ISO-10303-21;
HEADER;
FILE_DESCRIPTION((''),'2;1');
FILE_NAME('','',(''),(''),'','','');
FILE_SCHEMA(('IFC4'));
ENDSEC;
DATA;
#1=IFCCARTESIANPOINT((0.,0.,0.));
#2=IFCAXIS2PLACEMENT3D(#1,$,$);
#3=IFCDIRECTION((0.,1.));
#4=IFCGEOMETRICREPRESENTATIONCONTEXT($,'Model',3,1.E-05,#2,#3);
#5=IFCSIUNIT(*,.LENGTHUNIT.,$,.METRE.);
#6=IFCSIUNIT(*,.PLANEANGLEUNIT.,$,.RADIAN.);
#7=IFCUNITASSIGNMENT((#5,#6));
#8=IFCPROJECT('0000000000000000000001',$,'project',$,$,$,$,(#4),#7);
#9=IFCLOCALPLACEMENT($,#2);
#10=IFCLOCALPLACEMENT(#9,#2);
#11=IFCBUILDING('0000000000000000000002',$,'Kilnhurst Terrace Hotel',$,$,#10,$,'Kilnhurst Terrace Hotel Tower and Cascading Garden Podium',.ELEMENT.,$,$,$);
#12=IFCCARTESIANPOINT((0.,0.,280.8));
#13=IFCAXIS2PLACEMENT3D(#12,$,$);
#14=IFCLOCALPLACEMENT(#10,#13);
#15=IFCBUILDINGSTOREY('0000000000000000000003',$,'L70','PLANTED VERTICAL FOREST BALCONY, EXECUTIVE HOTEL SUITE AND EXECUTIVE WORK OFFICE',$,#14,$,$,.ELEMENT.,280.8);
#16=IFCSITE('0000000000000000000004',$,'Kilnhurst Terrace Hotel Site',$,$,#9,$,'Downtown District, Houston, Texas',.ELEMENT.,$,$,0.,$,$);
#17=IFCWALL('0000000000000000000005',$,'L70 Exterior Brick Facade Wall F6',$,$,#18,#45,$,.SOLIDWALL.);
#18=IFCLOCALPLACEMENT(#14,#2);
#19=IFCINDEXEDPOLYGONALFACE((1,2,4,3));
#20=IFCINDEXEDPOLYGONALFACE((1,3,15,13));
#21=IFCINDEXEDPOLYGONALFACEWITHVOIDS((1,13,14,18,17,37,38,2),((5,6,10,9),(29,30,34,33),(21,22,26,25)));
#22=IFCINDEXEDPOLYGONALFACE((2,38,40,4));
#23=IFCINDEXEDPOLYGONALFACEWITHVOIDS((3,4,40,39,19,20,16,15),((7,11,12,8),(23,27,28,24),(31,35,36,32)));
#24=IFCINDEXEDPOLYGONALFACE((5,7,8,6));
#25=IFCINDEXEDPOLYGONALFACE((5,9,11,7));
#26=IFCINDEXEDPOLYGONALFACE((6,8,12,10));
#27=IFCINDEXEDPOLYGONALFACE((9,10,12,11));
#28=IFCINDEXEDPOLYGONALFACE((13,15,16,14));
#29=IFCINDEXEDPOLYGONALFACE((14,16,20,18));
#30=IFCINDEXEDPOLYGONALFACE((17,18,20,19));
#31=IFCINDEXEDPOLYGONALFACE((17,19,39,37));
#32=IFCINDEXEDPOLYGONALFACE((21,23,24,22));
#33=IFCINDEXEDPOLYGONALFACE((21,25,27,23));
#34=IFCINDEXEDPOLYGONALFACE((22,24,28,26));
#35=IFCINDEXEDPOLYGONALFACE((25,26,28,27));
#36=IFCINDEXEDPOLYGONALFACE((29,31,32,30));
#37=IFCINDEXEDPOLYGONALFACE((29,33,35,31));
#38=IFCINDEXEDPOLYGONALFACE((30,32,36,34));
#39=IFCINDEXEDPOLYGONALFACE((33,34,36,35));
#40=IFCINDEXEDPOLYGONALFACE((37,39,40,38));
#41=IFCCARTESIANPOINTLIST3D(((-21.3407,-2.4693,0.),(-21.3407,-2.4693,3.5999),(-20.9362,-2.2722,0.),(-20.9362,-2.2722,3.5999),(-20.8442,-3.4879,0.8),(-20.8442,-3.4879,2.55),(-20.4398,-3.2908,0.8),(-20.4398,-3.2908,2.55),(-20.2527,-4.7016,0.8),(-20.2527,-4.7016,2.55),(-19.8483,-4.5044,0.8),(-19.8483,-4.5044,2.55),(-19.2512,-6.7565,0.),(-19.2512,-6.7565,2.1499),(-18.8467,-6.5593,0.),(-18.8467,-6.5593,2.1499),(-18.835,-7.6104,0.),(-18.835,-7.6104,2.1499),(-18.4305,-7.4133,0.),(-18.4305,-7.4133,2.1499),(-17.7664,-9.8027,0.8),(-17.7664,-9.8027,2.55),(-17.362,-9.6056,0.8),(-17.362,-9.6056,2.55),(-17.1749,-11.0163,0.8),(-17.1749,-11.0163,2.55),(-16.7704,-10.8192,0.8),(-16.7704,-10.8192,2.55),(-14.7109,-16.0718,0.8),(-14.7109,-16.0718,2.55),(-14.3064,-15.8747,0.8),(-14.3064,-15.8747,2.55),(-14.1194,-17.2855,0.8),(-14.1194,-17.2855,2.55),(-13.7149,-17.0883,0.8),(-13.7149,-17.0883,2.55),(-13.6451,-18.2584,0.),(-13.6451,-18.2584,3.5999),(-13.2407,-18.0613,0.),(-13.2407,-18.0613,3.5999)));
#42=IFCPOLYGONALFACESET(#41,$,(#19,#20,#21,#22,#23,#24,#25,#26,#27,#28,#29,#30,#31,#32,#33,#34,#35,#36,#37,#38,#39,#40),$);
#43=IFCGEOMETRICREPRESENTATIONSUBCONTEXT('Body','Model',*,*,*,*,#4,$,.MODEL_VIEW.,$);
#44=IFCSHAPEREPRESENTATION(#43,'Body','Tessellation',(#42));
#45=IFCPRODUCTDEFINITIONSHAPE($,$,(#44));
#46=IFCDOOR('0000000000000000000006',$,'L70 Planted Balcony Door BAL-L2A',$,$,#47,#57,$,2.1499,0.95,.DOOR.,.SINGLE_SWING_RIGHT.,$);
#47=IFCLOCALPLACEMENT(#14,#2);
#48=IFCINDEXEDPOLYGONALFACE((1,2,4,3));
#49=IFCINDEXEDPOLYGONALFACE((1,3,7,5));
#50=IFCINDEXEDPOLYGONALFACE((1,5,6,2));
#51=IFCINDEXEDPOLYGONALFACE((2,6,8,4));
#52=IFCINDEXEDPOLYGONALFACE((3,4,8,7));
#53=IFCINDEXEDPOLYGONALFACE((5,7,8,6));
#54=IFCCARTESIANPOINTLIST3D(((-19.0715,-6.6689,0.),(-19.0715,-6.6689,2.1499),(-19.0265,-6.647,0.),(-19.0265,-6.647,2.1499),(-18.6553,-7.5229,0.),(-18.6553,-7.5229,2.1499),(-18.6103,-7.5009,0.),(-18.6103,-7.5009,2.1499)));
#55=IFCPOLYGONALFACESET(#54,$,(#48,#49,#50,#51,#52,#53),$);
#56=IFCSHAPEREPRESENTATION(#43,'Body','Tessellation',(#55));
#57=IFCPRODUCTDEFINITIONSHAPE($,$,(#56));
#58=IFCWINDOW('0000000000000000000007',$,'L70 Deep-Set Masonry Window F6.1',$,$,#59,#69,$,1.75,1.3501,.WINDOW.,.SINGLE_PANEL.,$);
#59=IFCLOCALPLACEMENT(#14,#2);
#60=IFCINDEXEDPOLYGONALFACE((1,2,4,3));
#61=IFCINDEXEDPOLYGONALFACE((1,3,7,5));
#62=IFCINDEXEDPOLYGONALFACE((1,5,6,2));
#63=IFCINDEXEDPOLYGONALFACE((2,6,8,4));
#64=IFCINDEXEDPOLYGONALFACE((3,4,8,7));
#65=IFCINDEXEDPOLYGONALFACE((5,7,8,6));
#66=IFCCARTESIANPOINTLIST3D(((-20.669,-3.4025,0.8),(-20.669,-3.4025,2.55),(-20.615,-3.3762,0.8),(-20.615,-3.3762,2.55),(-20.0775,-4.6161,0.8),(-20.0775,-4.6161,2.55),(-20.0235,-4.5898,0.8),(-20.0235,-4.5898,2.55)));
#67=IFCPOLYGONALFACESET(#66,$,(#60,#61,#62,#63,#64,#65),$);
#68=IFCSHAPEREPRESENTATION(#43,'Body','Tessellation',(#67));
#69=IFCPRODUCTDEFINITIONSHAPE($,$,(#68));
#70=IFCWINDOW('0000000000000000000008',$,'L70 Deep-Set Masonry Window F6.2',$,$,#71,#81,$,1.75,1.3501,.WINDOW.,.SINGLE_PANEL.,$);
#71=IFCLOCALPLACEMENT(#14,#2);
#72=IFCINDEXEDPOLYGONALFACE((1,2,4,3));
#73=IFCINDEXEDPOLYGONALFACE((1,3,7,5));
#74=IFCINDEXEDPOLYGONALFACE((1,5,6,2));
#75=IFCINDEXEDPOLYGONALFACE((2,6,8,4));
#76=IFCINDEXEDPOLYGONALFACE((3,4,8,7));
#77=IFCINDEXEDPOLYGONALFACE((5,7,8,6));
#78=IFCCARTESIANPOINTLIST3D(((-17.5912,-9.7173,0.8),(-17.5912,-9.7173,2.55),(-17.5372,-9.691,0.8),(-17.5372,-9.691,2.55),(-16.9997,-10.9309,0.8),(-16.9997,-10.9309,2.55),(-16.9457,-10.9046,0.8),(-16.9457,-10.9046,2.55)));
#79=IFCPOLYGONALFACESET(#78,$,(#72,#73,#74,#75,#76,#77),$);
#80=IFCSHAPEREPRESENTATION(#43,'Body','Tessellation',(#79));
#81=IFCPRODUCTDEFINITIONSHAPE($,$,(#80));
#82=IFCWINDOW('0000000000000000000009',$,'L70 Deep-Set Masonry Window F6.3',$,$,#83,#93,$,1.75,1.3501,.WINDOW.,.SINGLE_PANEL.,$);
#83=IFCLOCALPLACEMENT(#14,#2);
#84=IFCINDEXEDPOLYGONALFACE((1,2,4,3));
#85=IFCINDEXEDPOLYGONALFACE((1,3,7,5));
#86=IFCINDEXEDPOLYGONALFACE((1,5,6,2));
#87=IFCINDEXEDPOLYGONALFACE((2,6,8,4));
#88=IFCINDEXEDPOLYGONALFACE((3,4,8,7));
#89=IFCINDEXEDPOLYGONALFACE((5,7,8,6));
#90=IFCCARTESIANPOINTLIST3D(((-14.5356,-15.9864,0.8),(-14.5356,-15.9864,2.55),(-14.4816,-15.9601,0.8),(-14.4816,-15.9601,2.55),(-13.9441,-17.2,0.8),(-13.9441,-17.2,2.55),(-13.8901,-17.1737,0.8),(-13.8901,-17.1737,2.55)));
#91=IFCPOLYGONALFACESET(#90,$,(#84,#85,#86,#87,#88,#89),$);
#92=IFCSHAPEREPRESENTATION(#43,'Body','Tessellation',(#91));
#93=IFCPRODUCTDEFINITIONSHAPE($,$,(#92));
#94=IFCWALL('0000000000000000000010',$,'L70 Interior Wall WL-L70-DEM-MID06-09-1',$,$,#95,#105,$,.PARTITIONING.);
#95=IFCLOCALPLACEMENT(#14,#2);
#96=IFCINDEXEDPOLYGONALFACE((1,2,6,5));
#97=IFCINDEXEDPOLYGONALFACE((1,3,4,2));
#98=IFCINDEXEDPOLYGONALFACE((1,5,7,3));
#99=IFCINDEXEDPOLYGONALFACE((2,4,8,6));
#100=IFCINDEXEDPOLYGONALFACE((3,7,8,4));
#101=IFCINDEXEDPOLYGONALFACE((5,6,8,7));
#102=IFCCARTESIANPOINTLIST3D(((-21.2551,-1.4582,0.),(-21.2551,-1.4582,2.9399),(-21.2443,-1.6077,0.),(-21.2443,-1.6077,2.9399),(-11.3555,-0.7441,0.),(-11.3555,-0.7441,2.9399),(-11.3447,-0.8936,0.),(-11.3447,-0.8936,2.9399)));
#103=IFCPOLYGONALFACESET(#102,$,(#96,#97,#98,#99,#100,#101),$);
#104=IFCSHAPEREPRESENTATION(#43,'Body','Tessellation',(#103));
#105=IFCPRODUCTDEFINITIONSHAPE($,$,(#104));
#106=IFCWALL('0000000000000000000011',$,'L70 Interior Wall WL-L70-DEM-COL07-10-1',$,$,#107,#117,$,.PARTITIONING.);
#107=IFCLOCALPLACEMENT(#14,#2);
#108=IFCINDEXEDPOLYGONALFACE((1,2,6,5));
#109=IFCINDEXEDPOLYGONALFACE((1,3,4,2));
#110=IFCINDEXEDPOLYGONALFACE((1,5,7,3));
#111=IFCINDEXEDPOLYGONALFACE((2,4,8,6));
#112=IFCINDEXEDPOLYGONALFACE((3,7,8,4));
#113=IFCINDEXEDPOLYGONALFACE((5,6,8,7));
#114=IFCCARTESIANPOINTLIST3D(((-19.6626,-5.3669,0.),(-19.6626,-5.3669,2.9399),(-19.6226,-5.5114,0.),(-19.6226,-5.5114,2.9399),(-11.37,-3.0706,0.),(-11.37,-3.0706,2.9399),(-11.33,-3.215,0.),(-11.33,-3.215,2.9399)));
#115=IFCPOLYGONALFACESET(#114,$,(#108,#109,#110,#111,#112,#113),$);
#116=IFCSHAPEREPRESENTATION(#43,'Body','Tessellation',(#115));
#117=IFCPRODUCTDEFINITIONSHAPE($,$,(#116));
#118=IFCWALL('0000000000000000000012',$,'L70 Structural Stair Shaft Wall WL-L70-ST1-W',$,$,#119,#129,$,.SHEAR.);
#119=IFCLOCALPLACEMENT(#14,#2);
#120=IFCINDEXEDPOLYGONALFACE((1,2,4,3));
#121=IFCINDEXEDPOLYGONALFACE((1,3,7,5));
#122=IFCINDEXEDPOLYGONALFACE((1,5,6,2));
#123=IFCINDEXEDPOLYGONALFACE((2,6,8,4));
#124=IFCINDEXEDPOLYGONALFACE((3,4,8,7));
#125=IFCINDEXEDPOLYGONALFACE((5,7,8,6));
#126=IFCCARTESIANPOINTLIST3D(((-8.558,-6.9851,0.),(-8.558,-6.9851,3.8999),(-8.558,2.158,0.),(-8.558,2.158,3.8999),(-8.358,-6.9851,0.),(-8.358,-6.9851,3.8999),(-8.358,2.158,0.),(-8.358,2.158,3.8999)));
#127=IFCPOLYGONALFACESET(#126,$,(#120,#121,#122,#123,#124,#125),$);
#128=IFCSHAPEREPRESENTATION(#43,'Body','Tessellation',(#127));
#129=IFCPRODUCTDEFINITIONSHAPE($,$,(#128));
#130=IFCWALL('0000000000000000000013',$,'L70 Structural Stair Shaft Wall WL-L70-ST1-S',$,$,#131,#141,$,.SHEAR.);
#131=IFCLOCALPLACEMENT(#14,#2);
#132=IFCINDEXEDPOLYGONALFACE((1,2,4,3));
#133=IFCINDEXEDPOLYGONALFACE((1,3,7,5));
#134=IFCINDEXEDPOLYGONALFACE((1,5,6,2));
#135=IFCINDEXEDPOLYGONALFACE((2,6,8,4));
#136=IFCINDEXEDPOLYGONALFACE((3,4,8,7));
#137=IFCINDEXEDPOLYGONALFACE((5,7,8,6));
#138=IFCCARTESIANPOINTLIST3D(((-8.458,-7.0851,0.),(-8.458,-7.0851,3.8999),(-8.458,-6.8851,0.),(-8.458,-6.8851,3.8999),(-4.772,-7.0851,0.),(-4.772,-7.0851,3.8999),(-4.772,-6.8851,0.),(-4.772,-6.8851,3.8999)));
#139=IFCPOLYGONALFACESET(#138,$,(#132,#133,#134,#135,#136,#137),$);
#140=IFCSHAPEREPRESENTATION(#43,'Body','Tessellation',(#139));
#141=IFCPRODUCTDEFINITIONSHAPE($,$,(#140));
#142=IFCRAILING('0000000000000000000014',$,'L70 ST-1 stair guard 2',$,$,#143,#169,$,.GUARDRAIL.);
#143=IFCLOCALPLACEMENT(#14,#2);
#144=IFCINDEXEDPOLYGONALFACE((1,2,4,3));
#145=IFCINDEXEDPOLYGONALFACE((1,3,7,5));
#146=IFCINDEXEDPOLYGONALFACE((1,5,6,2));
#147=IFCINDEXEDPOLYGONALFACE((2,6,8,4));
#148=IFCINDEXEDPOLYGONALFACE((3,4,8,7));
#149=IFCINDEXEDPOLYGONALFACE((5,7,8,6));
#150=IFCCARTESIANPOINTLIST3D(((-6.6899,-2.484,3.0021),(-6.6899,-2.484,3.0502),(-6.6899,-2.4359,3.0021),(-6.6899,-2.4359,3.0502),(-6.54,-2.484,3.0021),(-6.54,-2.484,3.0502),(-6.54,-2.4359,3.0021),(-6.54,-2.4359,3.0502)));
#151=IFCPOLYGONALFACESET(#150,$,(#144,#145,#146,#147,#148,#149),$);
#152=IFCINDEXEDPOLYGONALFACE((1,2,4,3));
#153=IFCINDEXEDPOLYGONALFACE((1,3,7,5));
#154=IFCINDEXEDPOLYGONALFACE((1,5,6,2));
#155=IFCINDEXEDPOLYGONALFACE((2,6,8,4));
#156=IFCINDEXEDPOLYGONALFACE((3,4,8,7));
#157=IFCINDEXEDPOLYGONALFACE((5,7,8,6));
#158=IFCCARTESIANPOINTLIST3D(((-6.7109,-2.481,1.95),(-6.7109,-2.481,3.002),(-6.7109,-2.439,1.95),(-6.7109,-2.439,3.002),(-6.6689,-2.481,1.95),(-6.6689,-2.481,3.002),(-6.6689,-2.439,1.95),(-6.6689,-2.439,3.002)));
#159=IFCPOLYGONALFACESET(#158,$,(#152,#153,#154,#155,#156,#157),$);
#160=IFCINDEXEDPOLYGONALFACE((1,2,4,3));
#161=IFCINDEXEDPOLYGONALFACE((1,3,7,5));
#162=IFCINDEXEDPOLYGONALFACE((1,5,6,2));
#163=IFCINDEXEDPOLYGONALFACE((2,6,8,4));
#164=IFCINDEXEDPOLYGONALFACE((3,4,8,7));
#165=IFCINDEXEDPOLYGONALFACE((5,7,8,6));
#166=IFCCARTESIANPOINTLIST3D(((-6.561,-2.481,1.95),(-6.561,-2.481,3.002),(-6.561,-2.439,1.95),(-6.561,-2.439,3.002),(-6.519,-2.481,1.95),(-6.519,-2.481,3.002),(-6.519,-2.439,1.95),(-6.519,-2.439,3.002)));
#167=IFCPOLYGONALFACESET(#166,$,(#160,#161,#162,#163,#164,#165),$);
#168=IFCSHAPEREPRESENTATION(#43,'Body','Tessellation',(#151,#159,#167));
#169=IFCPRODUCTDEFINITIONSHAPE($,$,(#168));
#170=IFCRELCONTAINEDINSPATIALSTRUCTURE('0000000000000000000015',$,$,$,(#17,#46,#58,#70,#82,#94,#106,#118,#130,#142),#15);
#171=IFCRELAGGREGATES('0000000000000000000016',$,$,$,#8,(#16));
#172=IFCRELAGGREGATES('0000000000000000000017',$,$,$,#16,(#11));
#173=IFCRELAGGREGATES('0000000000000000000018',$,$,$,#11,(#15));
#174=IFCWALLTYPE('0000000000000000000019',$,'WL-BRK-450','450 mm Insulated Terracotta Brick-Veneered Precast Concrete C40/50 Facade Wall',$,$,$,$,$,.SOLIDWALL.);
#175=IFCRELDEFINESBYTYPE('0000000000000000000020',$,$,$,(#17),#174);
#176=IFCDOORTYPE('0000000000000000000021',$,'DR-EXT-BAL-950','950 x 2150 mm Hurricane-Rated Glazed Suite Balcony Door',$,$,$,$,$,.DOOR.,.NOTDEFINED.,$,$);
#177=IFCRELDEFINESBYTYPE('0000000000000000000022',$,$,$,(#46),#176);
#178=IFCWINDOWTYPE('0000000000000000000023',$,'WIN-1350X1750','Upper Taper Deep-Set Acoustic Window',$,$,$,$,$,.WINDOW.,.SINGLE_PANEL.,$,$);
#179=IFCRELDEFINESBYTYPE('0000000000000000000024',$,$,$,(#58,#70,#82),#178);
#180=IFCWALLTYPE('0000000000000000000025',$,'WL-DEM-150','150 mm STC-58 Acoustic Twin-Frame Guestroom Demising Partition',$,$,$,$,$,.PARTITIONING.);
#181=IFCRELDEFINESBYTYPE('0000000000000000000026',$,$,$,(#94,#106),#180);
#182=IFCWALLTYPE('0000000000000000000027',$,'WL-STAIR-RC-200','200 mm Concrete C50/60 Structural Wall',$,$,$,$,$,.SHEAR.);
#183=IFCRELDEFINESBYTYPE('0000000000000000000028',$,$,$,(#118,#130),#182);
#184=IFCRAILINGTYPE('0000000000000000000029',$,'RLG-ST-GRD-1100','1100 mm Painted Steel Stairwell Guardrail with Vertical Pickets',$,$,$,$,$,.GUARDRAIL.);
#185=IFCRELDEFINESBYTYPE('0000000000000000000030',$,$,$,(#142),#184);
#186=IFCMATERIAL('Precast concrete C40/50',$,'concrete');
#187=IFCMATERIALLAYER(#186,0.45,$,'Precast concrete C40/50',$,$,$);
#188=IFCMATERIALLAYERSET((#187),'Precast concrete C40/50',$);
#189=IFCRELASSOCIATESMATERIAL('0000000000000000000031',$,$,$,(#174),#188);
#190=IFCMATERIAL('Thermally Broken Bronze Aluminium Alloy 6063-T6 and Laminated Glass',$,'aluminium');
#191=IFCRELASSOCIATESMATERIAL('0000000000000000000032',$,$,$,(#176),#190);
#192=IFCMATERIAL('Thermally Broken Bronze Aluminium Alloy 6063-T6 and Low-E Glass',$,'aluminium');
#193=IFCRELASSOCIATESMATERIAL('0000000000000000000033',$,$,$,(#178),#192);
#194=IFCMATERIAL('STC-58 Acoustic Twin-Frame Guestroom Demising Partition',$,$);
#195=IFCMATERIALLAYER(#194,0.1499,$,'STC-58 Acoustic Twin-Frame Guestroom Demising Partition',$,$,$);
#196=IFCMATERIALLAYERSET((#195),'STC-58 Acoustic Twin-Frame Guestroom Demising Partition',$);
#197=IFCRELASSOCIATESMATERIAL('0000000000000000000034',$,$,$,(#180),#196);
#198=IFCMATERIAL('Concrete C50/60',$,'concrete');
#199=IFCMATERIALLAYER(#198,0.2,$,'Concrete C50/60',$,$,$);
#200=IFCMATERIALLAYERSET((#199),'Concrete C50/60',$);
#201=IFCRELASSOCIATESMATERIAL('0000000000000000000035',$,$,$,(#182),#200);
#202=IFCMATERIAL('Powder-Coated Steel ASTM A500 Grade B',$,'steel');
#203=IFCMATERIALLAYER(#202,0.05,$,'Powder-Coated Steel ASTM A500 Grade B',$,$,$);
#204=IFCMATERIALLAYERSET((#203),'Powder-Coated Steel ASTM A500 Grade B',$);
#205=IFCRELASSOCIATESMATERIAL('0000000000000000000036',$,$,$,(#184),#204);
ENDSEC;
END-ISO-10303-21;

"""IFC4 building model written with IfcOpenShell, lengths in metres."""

from ifc_helpers import new_model, si_unit, direction, frame, frame_2d, origin, origin_2d, place, context, subcontext, project, spatial, rectangle, extrude, material, layer, layer_set, type_object, element, fill, save


model = new_model("IFC4")

# Units and contexts
model_context = context("Model", 3, precision=1e-05, world=origin(), true_north=direction((0.0, 1.0)))
body_context = subcontext(model_context, "Body", "Model", "MODEL_VIEW")
ifc_project = project(units=[si_unit("LENGTHUNIT", "METRE"), si_unit("PLANEANGLEUNIT", "RADIAN")], contexts=[model_context])

# Site, building, storey
site_placement = place(None, origin())
site = spatial("IfcSite", under=ifc_project, at=site_placement, Name="Kilnhurst Terrace Hotel Site", LongName="Downtown District, Houston, Texas", CompositionType="ELEMENT", RefElevation=0.0)
building_placement = place(site_placement, origin())
building = spatial("IfcBuilding", under=site, at=building_placement, Name="Kilnhurst Terrace Hotel", LongName="Kilnhurst Terrace Hotel Tower and Cascading Garden Podium", CompositionType="ELEMENT")
storey_placement = place(building_placement, frame((0.0, 0.0, 280.8)))
storey = spatial("IfcBuildingStorey", under=building, at=storey_placement, Name="L70", Description="PLANTED VERTICAL FOREST BALCONY, EXECUTIVE HOTEL SUITE AND EXECUTIVE WORK OFFICE", CompositionType="ELEMENT", Elevation=280.8)

# Shared definitions
ifc_material_1 = material(Name="Concrete C50/60", Category="concrete")

# Shared definitions
ifc_material_2 = material(Name="Precast concrete C40/50", Category="concrete")
ifc_layer_1 = layer(ifc_material_2, 0.45, Name="Precast concrete C40/50")
ifc_layer_set_1 = layer_set([ifc_layer_1], Name="Precast concrete C40/50")
wall_type_1 = type_object("IfcWallType", Name="WL-BRK-450", Description="450 mm Insulated Terracotta Brick-Veneered Precast Concrete C40/50 Facade Wall", PredefinedType="SOLIDWALL", material=ifc_layer_set_1)

# Wall, openings, door, windows
wall_1_placement = place(storey_placement, frame((-21.1384, -2.3708, 0.0), z_axis=(0.0, 0.0, 1.0), x_axis=(0.438128, -0.898913, 0.0)))
wall_1 = element("IfcWall", 1, at=wall_1_placement, inside=storey, type_object=wall_type_1, Name="L70 Exterior Brick Facade Wall F6", PredefinedType="SOLIDWALL", context=body_context, shape_type="SweptSolid", body=[
    extrude(rectangle(XDim=17.5647, YDim=0.45, at=frame_2d((8.7822, 0.0))), origin(), (0.0, 0.0, 1.0), 3.5999),
])
opening_1_placement = place(wall_1_placement, frame((4.769, 0.0, 0.0)))
opening_1 = element("IfcOpeningElement", 2, at=opening_1_placement, cuts=wall_1, PredefinedType="OPENING", context=body_context, shape_type="SweptSolid", body=[
    extrude(rectangle(XDim=0.95, YDim=2.1499, at=frame_2d((0.4751, 1.075))), frame((0.0, 0.2349, 0.0), z_axis=(0.0, -1.0, 0.0), x_axis=(1.0, 0.0, 0.0)), (0.0, 0.0, 1.0), 0.47),
])
opening_2_placement = place(wall_1_placement, frame((1.1331, 0.0, 0.8)))
opening_2 = element("IfcOpeningElement", 3, at=opening_2_placement, cuts=wall_1, PredefinedType="OPENING", context=body_context, shape_type="SweptSolid", body=[
    extrude(rectangle(XDim=1.3501, YDim=1.75, at=frame_2d((0.675, 0.875))), frame((0.0, 0.2349, 0.0), z_axis=(0.0, -1.0, 0.0), x_axis=(1.0, 0.0, 0.0)), (0.0, 0.0, 1.0), 0.47),
])
opening_3_placement = place(wall_1_placement, frame((8.158, 0.0, 0.8)))
opening_3 = element("IfcOpeningElement", 4, at=opening_3_placement, cuts=wall_1, PredefinedType="OPENING", context=body_context, shape_type="SweptSolid", body=[
    extrude(rectangle(XDim=1.3501, YDim=1.75, at=frame_2d((0.675, 0.875))), frame((0.0, 0.2349, 0.0), z_axis=(0.0, -1.0, 0.0), x_axis=(1.0, 0.0, 0.0)), (0.0, 0.0, 1.0), 0.47),
])
opening_4_placement = place(wall_1_placement, frame((15.1321, 0.0, 0.8)))
opening_4 = element("IfcOpeningElement", 5, at=opening_4_placement, cuts=wall_1, PredefinedType="OPENING", context=body_context, shape_type="SweptSolid", body=[
    extrude(rectangle(XDim=1.3501, YDim=1.75, at=frame_2d((0.675, 0.875))), frame((0.0, 0.2349, 0.0), z_axis=(0.0, -1.0, 0.0), x_axis=(1.0, 0.0, 0.0)), (0.0, 0.0, 1.0), 0.47),
])
ifc_material_3 = material(Name="Thermally Broken Bronze Aluminium Alloy 6063-T6 and Laminated Glass", Category="aluminium")
door_type_1 = type_object("IfcDoorType", Name="DR-EXT-BAL-950", Description="950 x 2150 mm Hurricane-Rated Glazed Suite Balcony Door", OperationType="NOTDEFINED", PredefinedType="DOOR", material=ifc_material_3)
door_1_placement = place(opening_1_placement, origin())
door_1 = element("IfcDoor", 6, at=door_1_placement, inside=storey, type_object=door_type_1, Name="L70 Planted Balcony Door BAL-L2A", OperationType="SINGLE_SWING_RIGHT", OverallHeight=2.1499, OverallWidth=0.95, PredefinedType="DOOR", context=body_context, shape_type="SweptSolid", body=[
    extrude(rectangle(XDim=0.95, YDim=2.1499, at=frame_2d((0.4751, 1.075))), frame((0.0, 0.0249, 0.0), z_axis=(0.0, -1.0, 0.0), x_axis=(1.0, 0.0, 0.0)), (0.0, 0.0, 1.0), 0.05),
])
fill(opening_1, door_1)
ifc_material_4 = material(Name="Thermally Broken Bronze Aluminium Alloy 6063-T6 and Low-E Glass", Category="aluminium")
window_type = type_object("IfcWindowType", Name="WIN-1350X1750", Description="Upper Taper Deep-Set Acoustic Window", PartitioningType="SINGLE_PANEL", PredefinedType="WINDOW", material=ifc_material_4)
window_1_placement = place(opening_2_placement, origin())
window_1 = element("IfcWindow", 7, at=window_1_placement, inside=storey, type_object=window_type, Name="L70 Deep-Set Masonry Window F6.1", OverallHeight=1.75, OverallWidth=1.3501, PartitioningType="SINGLE_PANEL", PredefinedType="WINDOW", context=body_context, shape_type="SweptSolid", body=[
    extrude(rectangle(XDim=1.3501, YDim=1.75, at=frame_2d((0.675, 0.875))), frame((0.0, 0.03, 0.0), z_axis=(0.0, -1.0, 0.0), x_axis=(1.0, 0.0, 0.0)), (0.0, 0.0, 1.0), 0.0601),
])
fill(opening_2, window_1)
window_2_placement = place(opening_3_placement, origin())
window_2 = element("IfcWindow", 8, at=window_2_placement, inside=storey, type_object=window_type, Name="L70 Deep-Set Masonry Window F6.2", OverallHeight=1.75, OverallWidth=1.3501, PartitioningType="SINGLE_PANEL", PredefinedType="WINDOW", context=body_context, shape_type="SweptSolid", body=[
    extrude(rectangle(XDim=1.3501, YDim=1.75, at=frame_2d((0.675, 0.875))), frame((0.0, 0.03, 0.0), z_axis=(0.0, -1.0, 0.0), x_axis=(1.0, 0.0, 0.0)), (0.0, 0.0, 1.0), 0.0601),
])
fill(opening_3, window_2)
window_3_placement = place(opening_4_placement, origin())
window_3 = element("IfcWindow", 9, at=window_3_placement, inside=storey, type_object=window_type, Name="L70 Deep-Set Masonry Window F6.3", OverallHeight=1.75, OverallWidth=1.3501, PartitioningType="SINGLE_PANEL", PredefinedType="WINDOW", context=body_context, shape_type="SweptSolid", body=[
    extrude(rectangle(XDim=1.3501, YDim=1.75, at=frame_2d((0.675, 0.875))), frame((0.0, 0.03, 0.0), z_axis=(0.0, -1.0, 0.0), x_axis=(1.0, 0.0, 0.0)), (0.0, 0.0, 1.0), 0.0601),
])
fill(opening_4, window_3)

# Walls
ifc_material_5 = material(Name="STC-58 Acoustic Twin-Frame Guestroom Demising Partition")
ifc_layer_2 = layer(ifc_material_5, 0.1499, Name="STC-58 Acoustic Twin-Frame Guestroom Demising Partition")
ifc_layer_set_2 = layer_set([ifc_layer_2], Name="STC-58 Acoustic Twin-Frame Guestroom Demising Partition")
wall_type_2 = type_object("IfcWallType", Name="WL-DEM-150", Description="150 mm STC-58 Acoustic Twin-Frame Guestroom Demising Partition", PredefinedType="PARTITIONING", material=ifc_layer_set_2)
wall_2_placement = place(storey_placement, frame((-11.3501, -0.8188, 0.0), z_axis=(0.0, 0.0, 1.0), x_axis=(-0.997408, -0.071948, 0.0)))
element("IfcWall", 10, at=wall_2_placement, inside=storey, type_object=wall_type_2, Name="L70 Interior Wall WL-L70-DEM-MID06-09-1", PredefinedType="PARTITIONING", context=body_context, shape_type="SweptSolid", body=[
    extrude(rectangle(XDim=9.9253, YDim=0.1499, at=frame_2d((4.9626, 0.0))), origin(), (0.0, 0.0, 1.0), 2.9399),
])
wall_3_placement = place(storey_placement, frame((-11.3501, -3.1428, 0.0), z_axis=(0.0, 0.0, 1.0), x_axis=(-0.963732, -0.266873, 0.0)))
element("IfcWall", 11, at=wall_3_placement, inside=storey, type_object=wall_type_2, Name="L70 Interior Wall WL-L70-DEM-COL07-10-1", PredefinedType="PARTITIONING", context=body_context, shape_type="SweptSolid", body=[
    extrude(rectangle(XDim=8.6047, YDim=0.1499, at=frame_2d((4.3022, 0.0))), origin(), (0.0, 0.0, 1.0), 2.9399),
])
ifc_layer_3 = layer(ifc_material_1, 0.2, Name="Concrete C50/60")
ifc_layer_set_3 = layer_set([ifc_layer_3], Name="Concrete C50/60")
wall_type_3 = type_object("IfcWallType", Name="WL-STAIR-RC-200", Description="200 mm Concrete C50/60 Structural Wall", PredefinedType="SHEAR", material=ifc_layer_set_3)
wall_4_placement = place(storey_placement, frame((-8.458, -6.9851, 0.0), z_axis=(0.0, 0.0, 1.0), x_axis=(0.0, 1.0, 0.0)))
element("IfcWall", 12, at=wall_4_placement, inside=storey, type_object=wall_type_3, Name="L70 Structural Stair Shaft Wall WL-L70-ST1-W", PredefinedType="SHEAR", context=body_context, shape_type="SweptSolid", body=[
    extrude(rectangle(XDim=9.1431, YDim=0.2, at=frame_2d((4.5715, 0.0))), origin(), (0.0, 0.0, 1.0), 3.8999),
])
wall_5_placement = place(storey_placement, frame((-8.458, -6.9851, 0.0), z_axis=(0.0, 0.0, 1.0), x_axis=(1.0, 0.0, 0.0)))
element("IfcWall", 13, at=wall_5_placement, inside=storey, type_object=wall_type_3, Name="L70 Structural Stair Shaft Wall WL-L70-ST1-S", PredefinedType="SHEAR", context=body_context, shape_type="SweptSolid", body=[
    extrude(rectangle(XDim=3.686, YDim=0.2, at=frame_2d((1.843, 0.0))), origin(), (0.0, 0.0, 1.0), 3.8999),
])

# Railing
ifc_material_6 = material(Name="Powder-Coated Steel ASTM A500 Grade B", Category="steel")
ifc_layer_4 = layer(ifc_material_6, 0.05, Name="Powder-Coated Steel ASTM A500 Grade B")
ifc_layer_set_4 = layer_set([ifc_layer_4], Name="Powder-Coated Steel ASTM A500 Grade B")
railing_type = type_object("IfcRailingType", Name="RLG-ST-GRD-1100", Description="1100 mm Painted Steel Stairwell Guardrail with Vertical Pickets", PredefinedType="GUARDRAIL", material=ifc_layer_set_4)
railing_1_placement = place(storey_placement, frame((-6.6899, -2.46, 1.95)))
element("IfcRailing", 14, at=railing_1_placement, inside=storey, type_object=railing_type, Name="L70 ST-1 stair guard 2", PredefinedType="GUARDRAIL", context=body_context, shape_type="SweptSolid", body=[
    extrude(rectangle(XDim=0.0481, YDim=0.0481, at=origin_2d()), frame((0.0, 0.0, 1.0762), z_axis=(1.0, 0.0, 0.0), x_axis=(0.0, 1.0, 0.0)), (0.0, 0.0, 1.0), 0.1499),
    extrude(rectangle(XDim=0.042, YDim=0.042, at=origin_2d()), origin(), (0.0, 0.0, 1.0), 1.052),
    extrude(rectangle(XDim=0.042, YDim=0.042, at=origin_2d()), frame((0.1499, 0.0, 0.0)), (0.0, 0.0, 1.0), 1.052),
])

save(model, "model.ifc")
